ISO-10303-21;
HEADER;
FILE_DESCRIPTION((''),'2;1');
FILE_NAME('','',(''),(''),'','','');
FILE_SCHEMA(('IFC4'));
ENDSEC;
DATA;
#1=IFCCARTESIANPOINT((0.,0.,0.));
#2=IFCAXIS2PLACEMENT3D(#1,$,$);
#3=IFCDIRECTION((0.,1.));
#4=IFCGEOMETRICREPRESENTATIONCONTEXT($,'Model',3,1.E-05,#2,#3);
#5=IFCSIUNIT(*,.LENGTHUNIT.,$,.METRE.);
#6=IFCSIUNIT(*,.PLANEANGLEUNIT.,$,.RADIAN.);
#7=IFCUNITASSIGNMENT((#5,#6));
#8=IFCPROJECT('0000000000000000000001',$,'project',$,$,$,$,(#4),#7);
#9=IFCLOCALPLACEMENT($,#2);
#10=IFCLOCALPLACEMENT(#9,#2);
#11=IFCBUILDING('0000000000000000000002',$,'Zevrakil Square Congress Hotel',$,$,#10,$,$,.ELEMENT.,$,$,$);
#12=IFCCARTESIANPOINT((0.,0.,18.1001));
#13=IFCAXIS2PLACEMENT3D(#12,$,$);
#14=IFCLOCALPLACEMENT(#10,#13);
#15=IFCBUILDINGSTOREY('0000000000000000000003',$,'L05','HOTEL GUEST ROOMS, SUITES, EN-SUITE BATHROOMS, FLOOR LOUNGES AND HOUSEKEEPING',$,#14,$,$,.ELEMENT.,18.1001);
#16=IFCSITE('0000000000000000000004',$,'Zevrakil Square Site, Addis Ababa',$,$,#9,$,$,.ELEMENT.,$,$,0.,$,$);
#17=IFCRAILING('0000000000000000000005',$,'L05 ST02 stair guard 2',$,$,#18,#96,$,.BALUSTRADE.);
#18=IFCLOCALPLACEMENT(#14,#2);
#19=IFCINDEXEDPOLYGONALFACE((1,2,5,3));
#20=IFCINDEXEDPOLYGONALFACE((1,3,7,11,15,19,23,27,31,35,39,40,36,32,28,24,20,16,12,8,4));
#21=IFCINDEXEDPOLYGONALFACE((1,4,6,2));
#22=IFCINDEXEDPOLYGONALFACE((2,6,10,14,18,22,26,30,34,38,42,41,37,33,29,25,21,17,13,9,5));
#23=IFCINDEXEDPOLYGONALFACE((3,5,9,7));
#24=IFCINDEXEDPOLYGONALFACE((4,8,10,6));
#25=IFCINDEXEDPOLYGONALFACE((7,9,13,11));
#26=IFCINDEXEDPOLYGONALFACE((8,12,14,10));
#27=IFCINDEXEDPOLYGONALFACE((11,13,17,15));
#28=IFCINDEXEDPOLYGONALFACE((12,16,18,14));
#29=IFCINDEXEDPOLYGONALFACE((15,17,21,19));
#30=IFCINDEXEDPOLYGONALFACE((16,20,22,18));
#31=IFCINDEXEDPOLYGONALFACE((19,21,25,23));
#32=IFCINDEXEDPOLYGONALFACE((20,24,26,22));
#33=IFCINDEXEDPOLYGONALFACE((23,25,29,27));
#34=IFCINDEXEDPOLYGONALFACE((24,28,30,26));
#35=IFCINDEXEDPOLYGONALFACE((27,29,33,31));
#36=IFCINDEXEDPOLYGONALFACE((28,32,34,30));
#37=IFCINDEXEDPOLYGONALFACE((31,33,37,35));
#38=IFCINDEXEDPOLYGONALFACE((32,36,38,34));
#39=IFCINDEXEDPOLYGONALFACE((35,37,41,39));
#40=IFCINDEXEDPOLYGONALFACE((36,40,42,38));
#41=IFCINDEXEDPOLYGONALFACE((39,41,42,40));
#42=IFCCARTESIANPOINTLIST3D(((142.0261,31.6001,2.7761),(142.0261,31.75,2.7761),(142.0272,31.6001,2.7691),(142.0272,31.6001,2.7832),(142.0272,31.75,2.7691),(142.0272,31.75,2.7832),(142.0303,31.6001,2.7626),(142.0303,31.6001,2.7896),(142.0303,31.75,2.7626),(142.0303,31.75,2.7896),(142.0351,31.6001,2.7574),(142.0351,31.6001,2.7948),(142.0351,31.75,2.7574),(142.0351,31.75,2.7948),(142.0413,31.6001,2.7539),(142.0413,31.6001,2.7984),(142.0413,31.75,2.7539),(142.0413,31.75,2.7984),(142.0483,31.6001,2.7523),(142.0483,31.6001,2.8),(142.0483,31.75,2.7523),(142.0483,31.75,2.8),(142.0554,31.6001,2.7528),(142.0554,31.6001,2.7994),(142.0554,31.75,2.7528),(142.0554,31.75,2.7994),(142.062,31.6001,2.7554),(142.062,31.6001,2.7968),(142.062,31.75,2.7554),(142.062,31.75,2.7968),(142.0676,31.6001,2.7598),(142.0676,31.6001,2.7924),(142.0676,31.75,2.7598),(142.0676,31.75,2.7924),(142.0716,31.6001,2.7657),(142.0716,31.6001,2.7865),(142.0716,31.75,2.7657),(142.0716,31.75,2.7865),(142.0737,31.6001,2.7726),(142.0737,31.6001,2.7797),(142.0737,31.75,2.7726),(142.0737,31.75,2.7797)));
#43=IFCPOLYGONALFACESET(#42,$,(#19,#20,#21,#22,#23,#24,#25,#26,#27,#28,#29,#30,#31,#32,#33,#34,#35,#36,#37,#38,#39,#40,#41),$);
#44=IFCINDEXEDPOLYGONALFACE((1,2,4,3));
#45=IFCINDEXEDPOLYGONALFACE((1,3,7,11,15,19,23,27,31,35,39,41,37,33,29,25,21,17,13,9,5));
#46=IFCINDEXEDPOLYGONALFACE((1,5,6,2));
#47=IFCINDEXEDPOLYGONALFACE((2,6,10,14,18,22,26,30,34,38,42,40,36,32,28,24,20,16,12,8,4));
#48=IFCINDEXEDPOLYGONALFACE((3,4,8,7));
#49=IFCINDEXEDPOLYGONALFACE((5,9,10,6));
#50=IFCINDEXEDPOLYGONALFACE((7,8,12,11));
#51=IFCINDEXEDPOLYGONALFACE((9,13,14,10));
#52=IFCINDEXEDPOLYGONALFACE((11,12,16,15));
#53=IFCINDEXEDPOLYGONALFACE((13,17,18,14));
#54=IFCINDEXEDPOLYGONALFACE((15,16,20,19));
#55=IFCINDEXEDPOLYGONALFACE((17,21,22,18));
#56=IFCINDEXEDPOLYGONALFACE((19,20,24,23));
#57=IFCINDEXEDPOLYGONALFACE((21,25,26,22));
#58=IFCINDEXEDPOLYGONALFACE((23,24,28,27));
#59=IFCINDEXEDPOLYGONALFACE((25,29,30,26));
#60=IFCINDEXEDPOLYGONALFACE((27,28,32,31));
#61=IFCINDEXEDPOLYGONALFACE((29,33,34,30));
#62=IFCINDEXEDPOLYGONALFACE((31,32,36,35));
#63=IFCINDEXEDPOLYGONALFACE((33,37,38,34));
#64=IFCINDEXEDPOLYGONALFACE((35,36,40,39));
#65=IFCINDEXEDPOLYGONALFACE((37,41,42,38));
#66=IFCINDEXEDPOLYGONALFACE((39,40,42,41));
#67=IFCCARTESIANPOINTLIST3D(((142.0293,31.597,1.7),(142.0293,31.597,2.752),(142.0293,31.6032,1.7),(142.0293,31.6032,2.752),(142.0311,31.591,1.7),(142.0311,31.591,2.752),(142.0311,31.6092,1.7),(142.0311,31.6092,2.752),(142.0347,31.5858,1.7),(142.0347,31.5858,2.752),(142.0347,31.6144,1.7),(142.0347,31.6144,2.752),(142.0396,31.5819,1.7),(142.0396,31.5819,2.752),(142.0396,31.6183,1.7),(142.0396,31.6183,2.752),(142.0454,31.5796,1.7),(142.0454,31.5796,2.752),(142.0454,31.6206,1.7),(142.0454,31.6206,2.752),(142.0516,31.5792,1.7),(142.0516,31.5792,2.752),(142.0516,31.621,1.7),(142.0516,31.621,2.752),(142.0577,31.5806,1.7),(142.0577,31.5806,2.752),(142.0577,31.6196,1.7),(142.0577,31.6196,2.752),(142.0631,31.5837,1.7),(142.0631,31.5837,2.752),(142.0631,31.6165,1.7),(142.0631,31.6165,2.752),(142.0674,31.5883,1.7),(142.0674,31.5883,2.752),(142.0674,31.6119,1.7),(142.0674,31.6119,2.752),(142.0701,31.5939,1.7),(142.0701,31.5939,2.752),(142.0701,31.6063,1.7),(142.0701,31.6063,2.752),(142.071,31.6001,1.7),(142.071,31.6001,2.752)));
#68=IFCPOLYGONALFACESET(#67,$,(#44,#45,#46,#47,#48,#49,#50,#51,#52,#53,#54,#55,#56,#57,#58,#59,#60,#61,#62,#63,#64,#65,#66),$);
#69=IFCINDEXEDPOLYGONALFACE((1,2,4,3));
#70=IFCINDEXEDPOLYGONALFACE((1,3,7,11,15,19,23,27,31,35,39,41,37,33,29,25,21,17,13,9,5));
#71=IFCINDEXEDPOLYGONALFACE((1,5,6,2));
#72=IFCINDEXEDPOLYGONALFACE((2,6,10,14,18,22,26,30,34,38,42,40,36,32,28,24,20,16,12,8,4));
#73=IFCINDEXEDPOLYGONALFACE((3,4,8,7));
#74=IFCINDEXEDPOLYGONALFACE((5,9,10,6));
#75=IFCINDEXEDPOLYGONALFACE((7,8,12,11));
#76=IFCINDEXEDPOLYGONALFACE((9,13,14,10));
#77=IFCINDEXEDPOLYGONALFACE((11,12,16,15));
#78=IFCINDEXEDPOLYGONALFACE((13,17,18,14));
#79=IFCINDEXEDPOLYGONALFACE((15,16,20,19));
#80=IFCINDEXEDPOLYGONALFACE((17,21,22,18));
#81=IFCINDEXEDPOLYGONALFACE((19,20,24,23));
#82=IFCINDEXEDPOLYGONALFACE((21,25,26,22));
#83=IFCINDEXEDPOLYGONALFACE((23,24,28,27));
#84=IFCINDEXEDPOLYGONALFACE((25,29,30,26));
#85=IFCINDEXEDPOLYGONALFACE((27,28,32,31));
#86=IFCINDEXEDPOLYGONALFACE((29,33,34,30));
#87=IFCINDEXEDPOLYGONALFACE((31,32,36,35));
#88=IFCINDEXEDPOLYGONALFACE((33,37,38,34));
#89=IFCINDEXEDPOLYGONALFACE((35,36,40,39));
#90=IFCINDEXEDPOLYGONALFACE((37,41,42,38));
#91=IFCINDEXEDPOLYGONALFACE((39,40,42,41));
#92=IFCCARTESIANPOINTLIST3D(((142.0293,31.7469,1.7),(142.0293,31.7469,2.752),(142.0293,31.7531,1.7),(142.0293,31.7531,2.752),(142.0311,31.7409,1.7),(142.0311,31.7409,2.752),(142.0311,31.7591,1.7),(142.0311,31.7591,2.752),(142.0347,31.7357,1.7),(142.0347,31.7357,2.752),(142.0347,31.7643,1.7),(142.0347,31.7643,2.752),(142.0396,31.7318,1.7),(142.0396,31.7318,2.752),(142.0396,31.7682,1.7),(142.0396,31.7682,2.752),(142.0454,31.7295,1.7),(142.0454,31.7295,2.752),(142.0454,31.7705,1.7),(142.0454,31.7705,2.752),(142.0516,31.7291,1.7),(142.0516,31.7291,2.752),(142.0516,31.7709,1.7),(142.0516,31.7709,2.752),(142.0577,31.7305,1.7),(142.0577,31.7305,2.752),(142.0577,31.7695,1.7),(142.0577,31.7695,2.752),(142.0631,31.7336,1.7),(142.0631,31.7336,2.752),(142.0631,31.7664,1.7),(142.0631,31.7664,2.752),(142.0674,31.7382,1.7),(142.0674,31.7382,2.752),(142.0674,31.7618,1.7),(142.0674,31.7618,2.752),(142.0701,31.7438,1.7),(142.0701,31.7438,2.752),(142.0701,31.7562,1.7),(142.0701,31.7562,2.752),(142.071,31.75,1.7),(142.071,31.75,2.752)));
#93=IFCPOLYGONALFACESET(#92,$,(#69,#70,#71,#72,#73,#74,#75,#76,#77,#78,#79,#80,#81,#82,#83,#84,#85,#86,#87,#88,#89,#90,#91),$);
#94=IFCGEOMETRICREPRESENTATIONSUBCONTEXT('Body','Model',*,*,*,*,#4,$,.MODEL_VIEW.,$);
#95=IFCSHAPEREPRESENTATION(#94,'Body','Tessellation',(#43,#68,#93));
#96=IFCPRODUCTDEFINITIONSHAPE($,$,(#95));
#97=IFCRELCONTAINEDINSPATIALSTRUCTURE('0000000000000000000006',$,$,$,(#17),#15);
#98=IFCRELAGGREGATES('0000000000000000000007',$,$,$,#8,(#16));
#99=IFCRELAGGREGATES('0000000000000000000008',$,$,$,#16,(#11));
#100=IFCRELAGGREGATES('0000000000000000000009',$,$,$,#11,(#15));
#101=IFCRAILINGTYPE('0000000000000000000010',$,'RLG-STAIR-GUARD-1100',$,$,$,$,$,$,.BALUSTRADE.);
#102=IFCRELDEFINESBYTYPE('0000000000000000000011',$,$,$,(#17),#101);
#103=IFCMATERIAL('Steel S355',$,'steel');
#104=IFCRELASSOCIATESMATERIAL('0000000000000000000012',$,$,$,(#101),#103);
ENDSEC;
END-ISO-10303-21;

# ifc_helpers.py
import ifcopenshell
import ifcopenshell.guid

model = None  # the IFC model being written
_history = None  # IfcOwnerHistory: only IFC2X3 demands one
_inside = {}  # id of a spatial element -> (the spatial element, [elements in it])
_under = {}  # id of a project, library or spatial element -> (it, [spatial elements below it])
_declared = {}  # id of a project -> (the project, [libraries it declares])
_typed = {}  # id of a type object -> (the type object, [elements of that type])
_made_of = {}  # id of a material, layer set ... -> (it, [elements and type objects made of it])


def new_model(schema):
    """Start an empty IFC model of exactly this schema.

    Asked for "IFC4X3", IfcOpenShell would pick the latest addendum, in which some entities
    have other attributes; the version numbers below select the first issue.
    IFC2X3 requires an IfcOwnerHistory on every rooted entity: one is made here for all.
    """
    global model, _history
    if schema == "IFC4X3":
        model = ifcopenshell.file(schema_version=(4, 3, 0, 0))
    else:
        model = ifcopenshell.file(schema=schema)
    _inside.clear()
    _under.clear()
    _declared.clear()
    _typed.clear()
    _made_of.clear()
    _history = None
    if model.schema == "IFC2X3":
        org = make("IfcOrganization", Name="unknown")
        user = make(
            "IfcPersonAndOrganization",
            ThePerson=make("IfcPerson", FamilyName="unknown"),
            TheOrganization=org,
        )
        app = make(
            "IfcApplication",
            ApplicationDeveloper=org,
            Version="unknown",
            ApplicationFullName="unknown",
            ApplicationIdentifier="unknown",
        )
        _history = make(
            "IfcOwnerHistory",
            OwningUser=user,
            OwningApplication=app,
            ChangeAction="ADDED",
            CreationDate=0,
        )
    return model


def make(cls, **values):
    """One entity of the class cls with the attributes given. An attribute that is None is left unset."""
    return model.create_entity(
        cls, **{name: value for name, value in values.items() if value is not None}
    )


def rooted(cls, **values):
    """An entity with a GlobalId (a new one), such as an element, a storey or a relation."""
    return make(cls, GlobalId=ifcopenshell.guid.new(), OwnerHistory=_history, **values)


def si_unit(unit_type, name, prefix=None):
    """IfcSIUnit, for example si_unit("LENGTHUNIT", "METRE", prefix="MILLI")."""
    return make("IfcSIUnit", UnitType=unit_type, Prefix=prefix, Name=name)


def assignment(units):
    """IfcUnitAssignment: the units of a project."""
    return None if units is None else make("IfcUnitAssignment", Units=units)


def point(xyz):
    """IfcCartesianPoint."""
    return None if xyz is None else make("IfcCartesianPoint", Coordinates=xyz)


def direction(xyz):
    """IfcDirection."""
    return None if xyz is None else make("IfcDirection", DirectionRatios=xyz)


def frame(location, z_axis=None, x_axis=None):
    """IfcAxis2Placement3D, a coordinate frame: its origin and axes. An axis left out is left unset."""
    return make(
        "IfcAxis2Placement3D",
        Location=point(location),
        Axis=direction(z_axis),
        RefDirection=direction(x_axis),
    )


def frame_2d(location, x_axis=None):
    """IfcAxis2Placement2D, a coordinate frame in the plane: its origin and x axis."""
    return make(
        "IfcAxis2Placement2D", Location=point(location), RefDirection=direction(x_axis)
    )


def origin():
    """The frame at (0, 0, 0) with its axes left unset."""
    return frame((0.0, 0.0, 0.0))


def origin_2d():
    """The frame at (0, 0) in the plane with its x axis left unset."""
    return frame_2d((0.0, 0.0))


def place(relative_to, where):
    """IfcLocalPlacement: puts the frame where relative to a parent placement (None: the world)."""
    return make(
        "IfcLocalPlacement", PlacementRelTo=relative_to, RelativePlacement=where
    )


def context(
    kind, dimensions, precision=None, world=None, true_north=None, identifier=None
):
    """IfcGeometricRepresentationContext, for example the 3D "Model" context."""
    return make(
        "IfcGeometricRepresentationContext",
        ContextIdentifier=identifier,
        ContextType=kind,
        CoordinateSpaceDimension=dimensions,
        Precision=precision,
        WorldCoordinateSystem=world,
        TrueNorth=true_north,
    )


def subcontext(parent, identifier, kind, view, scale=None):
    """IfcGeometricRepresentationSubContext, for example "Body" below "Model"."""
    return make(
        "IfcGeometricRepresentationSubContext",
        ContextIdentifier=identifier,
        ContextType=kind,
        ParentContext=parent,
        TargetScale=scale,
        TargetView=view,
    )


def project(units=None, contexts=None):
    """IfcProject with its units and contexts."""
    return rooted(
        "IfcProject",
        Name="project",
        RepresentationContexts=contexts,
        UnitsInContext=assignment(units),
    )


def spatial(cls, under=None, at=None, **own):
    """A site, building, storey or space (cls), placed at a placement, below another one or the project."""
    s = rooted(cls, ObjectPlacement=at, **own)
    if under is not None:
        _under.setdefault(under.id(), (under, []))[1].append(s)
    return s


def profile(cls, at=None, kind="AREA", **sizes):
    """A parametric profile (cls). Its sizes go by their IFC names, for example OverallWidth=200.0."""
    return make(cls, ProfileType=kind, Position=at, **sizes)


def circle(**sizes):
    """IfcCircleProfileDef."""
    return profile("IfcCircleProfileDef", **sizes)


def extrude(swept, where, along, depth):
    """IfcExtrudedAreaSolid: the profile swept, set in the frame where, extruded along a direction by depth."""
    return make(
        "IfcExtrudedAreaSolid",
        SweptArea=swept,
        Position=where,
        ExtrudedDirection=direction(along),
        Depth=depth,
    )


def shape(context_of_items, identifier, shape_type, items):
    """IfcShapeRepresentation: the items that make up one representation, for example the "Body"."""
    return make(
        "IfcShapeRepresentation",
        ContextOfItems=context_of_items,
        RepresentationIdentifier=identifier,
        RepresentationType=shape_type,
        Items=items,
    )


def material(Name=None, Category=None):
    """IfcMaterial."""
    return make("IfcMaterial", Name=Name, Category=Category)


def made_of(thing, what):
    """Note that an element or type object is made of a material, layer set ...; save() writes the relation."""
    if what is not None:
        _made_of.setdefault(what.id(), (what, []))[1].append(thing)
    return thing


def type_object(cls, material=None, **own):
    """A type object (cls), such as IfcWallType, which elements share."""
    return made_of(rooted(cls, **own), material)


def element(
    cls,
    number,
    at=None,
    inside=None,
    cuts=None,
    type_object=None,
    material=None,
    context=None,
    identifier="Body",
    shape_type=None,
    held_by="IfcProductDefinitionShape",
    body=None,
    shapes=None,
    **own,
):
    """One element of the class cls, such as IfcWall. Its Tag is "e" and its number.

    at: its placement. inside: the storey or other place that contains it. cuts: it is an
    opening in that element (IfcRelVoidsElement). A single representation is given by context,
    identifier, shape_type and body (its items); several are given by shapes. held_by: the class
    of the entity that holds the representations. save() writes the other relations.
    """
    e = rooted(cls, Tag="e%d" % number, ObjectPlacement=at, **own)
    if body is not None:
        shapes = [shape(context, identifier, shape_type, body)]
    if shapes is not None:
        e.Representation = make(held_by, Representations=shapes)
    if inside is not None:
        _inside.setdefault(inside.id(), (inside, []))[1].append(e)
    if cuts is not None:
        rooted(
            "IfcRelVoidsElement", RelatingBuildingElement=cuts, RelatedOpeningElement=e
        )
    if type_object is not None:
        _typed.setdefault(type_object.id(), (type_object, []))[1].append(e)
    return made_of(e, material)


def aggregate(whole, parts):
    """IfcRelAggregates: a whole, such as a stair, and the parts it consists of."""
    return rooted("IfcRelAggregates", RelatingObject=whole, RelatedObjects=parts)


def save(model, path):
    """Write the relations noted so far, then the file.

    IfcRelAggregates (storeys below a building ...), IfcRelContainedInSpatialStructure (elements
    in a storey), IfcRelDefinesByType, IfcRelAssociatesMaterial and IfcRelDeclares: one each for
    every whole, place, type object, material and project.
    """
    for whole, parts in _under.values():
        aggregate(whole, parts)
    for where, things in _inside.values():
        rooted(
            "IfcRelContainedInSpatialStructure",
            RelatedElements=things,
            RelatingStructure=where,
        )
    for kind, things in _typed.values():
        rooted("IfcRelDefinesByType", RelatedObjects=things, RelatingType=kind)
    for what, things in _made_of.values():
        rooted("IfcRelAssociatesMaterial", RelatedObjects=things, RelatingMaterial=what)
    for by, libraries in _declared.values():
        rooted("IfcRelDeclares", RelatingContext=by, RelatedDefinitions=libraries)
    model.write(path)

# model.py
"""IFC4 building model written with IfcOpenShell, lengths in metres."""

from ifc_helpers import new_model, si_unit, direction, frame, origin, origin_2d, place, context, subcontext, project, spatial, circle, extrude, material, type_object, element, save


model = new_model("IFC4")

# Units and contexts
model_context = context("Model", 3, precision=1e-05, world=origin(), true_north=direction((0.0, 1.0)))
body_context = subcontext(model_context, "Body", "Model", "MODEL_VIEW")
ifc_project = project(units=[si_unit("LENGTHUNIT", "METRE"), si_unit("PLANEANGLEUNIT", "RADIAN")], contexts=[model_context])

# Site, building, storey
site_placement = place(None, origin())
site = spatial("IfcSite", under=ifc_project, at=site_placement, Name="Zevrakil Square Site, Addis Ababa", CompositionType="ELEMENT", RefElevation=0.0)
building_placement = place(site_placement, origin())
building = spatial("IfcBuilding", under=site, at=building_placement, Name="Zevrakil Square Congress Hotel", CompositionType="ELEMENT")
storey_placement = place(building_placement, frame((0.0, 0.0, 18.1001)))
storey = spatial("IfcBuildingStorey", under=building, at=storey_placement, Name="L05", Description="HOTEL GUEST ROOMS, SUITES, EN-SUITE BATHROOMS, FLOOR LOUNGES AND HOUSEKEEPING", CompositionType="ELEMENT", Elevation=18.1001)

# Railing
ifc_material_1 = material(Name="Steel S355", Category="steel")
railing_type_1 = type_object("IfcRailingType", Name="RLG-STAIR-GUARD-1100", PredefinedType="BALUSTRADE", material=ifc_material_1)
railing_1_placement = place(storey_placement, frame((142.05, 31.6001, 1.7)))
element("IfcRailing", 1, at=railing_1_placement, inside=storey, type_object=railing_type_1, Name="L05 ST02 stair guard 2", PredefinedType="BALUSTRADE", context=body_context, shape_type="SweptSolid", body=[
    extrude(circle(Radius=0.0239, at=origin_2d()), frame((0.0, 0.0, 1.0762), z_axis=(0.0, 1.0, 0.0), x_axis=(-1.0, 0.0, 0.0)), (0.0, 0.0, 1.0), 0.1499),
    extrude(circle(Radius=0.021, at=origin_2d()), origin(), (0.0, 0.0, 1.0), 1.052),
    extrude(circle(Radius=0.021, at=origin_2d()), frame((0.0, 0.1499, 0.0)), (0.0, 0.0, 1.0), 1.052),
])

save(model, "model.ifc")
